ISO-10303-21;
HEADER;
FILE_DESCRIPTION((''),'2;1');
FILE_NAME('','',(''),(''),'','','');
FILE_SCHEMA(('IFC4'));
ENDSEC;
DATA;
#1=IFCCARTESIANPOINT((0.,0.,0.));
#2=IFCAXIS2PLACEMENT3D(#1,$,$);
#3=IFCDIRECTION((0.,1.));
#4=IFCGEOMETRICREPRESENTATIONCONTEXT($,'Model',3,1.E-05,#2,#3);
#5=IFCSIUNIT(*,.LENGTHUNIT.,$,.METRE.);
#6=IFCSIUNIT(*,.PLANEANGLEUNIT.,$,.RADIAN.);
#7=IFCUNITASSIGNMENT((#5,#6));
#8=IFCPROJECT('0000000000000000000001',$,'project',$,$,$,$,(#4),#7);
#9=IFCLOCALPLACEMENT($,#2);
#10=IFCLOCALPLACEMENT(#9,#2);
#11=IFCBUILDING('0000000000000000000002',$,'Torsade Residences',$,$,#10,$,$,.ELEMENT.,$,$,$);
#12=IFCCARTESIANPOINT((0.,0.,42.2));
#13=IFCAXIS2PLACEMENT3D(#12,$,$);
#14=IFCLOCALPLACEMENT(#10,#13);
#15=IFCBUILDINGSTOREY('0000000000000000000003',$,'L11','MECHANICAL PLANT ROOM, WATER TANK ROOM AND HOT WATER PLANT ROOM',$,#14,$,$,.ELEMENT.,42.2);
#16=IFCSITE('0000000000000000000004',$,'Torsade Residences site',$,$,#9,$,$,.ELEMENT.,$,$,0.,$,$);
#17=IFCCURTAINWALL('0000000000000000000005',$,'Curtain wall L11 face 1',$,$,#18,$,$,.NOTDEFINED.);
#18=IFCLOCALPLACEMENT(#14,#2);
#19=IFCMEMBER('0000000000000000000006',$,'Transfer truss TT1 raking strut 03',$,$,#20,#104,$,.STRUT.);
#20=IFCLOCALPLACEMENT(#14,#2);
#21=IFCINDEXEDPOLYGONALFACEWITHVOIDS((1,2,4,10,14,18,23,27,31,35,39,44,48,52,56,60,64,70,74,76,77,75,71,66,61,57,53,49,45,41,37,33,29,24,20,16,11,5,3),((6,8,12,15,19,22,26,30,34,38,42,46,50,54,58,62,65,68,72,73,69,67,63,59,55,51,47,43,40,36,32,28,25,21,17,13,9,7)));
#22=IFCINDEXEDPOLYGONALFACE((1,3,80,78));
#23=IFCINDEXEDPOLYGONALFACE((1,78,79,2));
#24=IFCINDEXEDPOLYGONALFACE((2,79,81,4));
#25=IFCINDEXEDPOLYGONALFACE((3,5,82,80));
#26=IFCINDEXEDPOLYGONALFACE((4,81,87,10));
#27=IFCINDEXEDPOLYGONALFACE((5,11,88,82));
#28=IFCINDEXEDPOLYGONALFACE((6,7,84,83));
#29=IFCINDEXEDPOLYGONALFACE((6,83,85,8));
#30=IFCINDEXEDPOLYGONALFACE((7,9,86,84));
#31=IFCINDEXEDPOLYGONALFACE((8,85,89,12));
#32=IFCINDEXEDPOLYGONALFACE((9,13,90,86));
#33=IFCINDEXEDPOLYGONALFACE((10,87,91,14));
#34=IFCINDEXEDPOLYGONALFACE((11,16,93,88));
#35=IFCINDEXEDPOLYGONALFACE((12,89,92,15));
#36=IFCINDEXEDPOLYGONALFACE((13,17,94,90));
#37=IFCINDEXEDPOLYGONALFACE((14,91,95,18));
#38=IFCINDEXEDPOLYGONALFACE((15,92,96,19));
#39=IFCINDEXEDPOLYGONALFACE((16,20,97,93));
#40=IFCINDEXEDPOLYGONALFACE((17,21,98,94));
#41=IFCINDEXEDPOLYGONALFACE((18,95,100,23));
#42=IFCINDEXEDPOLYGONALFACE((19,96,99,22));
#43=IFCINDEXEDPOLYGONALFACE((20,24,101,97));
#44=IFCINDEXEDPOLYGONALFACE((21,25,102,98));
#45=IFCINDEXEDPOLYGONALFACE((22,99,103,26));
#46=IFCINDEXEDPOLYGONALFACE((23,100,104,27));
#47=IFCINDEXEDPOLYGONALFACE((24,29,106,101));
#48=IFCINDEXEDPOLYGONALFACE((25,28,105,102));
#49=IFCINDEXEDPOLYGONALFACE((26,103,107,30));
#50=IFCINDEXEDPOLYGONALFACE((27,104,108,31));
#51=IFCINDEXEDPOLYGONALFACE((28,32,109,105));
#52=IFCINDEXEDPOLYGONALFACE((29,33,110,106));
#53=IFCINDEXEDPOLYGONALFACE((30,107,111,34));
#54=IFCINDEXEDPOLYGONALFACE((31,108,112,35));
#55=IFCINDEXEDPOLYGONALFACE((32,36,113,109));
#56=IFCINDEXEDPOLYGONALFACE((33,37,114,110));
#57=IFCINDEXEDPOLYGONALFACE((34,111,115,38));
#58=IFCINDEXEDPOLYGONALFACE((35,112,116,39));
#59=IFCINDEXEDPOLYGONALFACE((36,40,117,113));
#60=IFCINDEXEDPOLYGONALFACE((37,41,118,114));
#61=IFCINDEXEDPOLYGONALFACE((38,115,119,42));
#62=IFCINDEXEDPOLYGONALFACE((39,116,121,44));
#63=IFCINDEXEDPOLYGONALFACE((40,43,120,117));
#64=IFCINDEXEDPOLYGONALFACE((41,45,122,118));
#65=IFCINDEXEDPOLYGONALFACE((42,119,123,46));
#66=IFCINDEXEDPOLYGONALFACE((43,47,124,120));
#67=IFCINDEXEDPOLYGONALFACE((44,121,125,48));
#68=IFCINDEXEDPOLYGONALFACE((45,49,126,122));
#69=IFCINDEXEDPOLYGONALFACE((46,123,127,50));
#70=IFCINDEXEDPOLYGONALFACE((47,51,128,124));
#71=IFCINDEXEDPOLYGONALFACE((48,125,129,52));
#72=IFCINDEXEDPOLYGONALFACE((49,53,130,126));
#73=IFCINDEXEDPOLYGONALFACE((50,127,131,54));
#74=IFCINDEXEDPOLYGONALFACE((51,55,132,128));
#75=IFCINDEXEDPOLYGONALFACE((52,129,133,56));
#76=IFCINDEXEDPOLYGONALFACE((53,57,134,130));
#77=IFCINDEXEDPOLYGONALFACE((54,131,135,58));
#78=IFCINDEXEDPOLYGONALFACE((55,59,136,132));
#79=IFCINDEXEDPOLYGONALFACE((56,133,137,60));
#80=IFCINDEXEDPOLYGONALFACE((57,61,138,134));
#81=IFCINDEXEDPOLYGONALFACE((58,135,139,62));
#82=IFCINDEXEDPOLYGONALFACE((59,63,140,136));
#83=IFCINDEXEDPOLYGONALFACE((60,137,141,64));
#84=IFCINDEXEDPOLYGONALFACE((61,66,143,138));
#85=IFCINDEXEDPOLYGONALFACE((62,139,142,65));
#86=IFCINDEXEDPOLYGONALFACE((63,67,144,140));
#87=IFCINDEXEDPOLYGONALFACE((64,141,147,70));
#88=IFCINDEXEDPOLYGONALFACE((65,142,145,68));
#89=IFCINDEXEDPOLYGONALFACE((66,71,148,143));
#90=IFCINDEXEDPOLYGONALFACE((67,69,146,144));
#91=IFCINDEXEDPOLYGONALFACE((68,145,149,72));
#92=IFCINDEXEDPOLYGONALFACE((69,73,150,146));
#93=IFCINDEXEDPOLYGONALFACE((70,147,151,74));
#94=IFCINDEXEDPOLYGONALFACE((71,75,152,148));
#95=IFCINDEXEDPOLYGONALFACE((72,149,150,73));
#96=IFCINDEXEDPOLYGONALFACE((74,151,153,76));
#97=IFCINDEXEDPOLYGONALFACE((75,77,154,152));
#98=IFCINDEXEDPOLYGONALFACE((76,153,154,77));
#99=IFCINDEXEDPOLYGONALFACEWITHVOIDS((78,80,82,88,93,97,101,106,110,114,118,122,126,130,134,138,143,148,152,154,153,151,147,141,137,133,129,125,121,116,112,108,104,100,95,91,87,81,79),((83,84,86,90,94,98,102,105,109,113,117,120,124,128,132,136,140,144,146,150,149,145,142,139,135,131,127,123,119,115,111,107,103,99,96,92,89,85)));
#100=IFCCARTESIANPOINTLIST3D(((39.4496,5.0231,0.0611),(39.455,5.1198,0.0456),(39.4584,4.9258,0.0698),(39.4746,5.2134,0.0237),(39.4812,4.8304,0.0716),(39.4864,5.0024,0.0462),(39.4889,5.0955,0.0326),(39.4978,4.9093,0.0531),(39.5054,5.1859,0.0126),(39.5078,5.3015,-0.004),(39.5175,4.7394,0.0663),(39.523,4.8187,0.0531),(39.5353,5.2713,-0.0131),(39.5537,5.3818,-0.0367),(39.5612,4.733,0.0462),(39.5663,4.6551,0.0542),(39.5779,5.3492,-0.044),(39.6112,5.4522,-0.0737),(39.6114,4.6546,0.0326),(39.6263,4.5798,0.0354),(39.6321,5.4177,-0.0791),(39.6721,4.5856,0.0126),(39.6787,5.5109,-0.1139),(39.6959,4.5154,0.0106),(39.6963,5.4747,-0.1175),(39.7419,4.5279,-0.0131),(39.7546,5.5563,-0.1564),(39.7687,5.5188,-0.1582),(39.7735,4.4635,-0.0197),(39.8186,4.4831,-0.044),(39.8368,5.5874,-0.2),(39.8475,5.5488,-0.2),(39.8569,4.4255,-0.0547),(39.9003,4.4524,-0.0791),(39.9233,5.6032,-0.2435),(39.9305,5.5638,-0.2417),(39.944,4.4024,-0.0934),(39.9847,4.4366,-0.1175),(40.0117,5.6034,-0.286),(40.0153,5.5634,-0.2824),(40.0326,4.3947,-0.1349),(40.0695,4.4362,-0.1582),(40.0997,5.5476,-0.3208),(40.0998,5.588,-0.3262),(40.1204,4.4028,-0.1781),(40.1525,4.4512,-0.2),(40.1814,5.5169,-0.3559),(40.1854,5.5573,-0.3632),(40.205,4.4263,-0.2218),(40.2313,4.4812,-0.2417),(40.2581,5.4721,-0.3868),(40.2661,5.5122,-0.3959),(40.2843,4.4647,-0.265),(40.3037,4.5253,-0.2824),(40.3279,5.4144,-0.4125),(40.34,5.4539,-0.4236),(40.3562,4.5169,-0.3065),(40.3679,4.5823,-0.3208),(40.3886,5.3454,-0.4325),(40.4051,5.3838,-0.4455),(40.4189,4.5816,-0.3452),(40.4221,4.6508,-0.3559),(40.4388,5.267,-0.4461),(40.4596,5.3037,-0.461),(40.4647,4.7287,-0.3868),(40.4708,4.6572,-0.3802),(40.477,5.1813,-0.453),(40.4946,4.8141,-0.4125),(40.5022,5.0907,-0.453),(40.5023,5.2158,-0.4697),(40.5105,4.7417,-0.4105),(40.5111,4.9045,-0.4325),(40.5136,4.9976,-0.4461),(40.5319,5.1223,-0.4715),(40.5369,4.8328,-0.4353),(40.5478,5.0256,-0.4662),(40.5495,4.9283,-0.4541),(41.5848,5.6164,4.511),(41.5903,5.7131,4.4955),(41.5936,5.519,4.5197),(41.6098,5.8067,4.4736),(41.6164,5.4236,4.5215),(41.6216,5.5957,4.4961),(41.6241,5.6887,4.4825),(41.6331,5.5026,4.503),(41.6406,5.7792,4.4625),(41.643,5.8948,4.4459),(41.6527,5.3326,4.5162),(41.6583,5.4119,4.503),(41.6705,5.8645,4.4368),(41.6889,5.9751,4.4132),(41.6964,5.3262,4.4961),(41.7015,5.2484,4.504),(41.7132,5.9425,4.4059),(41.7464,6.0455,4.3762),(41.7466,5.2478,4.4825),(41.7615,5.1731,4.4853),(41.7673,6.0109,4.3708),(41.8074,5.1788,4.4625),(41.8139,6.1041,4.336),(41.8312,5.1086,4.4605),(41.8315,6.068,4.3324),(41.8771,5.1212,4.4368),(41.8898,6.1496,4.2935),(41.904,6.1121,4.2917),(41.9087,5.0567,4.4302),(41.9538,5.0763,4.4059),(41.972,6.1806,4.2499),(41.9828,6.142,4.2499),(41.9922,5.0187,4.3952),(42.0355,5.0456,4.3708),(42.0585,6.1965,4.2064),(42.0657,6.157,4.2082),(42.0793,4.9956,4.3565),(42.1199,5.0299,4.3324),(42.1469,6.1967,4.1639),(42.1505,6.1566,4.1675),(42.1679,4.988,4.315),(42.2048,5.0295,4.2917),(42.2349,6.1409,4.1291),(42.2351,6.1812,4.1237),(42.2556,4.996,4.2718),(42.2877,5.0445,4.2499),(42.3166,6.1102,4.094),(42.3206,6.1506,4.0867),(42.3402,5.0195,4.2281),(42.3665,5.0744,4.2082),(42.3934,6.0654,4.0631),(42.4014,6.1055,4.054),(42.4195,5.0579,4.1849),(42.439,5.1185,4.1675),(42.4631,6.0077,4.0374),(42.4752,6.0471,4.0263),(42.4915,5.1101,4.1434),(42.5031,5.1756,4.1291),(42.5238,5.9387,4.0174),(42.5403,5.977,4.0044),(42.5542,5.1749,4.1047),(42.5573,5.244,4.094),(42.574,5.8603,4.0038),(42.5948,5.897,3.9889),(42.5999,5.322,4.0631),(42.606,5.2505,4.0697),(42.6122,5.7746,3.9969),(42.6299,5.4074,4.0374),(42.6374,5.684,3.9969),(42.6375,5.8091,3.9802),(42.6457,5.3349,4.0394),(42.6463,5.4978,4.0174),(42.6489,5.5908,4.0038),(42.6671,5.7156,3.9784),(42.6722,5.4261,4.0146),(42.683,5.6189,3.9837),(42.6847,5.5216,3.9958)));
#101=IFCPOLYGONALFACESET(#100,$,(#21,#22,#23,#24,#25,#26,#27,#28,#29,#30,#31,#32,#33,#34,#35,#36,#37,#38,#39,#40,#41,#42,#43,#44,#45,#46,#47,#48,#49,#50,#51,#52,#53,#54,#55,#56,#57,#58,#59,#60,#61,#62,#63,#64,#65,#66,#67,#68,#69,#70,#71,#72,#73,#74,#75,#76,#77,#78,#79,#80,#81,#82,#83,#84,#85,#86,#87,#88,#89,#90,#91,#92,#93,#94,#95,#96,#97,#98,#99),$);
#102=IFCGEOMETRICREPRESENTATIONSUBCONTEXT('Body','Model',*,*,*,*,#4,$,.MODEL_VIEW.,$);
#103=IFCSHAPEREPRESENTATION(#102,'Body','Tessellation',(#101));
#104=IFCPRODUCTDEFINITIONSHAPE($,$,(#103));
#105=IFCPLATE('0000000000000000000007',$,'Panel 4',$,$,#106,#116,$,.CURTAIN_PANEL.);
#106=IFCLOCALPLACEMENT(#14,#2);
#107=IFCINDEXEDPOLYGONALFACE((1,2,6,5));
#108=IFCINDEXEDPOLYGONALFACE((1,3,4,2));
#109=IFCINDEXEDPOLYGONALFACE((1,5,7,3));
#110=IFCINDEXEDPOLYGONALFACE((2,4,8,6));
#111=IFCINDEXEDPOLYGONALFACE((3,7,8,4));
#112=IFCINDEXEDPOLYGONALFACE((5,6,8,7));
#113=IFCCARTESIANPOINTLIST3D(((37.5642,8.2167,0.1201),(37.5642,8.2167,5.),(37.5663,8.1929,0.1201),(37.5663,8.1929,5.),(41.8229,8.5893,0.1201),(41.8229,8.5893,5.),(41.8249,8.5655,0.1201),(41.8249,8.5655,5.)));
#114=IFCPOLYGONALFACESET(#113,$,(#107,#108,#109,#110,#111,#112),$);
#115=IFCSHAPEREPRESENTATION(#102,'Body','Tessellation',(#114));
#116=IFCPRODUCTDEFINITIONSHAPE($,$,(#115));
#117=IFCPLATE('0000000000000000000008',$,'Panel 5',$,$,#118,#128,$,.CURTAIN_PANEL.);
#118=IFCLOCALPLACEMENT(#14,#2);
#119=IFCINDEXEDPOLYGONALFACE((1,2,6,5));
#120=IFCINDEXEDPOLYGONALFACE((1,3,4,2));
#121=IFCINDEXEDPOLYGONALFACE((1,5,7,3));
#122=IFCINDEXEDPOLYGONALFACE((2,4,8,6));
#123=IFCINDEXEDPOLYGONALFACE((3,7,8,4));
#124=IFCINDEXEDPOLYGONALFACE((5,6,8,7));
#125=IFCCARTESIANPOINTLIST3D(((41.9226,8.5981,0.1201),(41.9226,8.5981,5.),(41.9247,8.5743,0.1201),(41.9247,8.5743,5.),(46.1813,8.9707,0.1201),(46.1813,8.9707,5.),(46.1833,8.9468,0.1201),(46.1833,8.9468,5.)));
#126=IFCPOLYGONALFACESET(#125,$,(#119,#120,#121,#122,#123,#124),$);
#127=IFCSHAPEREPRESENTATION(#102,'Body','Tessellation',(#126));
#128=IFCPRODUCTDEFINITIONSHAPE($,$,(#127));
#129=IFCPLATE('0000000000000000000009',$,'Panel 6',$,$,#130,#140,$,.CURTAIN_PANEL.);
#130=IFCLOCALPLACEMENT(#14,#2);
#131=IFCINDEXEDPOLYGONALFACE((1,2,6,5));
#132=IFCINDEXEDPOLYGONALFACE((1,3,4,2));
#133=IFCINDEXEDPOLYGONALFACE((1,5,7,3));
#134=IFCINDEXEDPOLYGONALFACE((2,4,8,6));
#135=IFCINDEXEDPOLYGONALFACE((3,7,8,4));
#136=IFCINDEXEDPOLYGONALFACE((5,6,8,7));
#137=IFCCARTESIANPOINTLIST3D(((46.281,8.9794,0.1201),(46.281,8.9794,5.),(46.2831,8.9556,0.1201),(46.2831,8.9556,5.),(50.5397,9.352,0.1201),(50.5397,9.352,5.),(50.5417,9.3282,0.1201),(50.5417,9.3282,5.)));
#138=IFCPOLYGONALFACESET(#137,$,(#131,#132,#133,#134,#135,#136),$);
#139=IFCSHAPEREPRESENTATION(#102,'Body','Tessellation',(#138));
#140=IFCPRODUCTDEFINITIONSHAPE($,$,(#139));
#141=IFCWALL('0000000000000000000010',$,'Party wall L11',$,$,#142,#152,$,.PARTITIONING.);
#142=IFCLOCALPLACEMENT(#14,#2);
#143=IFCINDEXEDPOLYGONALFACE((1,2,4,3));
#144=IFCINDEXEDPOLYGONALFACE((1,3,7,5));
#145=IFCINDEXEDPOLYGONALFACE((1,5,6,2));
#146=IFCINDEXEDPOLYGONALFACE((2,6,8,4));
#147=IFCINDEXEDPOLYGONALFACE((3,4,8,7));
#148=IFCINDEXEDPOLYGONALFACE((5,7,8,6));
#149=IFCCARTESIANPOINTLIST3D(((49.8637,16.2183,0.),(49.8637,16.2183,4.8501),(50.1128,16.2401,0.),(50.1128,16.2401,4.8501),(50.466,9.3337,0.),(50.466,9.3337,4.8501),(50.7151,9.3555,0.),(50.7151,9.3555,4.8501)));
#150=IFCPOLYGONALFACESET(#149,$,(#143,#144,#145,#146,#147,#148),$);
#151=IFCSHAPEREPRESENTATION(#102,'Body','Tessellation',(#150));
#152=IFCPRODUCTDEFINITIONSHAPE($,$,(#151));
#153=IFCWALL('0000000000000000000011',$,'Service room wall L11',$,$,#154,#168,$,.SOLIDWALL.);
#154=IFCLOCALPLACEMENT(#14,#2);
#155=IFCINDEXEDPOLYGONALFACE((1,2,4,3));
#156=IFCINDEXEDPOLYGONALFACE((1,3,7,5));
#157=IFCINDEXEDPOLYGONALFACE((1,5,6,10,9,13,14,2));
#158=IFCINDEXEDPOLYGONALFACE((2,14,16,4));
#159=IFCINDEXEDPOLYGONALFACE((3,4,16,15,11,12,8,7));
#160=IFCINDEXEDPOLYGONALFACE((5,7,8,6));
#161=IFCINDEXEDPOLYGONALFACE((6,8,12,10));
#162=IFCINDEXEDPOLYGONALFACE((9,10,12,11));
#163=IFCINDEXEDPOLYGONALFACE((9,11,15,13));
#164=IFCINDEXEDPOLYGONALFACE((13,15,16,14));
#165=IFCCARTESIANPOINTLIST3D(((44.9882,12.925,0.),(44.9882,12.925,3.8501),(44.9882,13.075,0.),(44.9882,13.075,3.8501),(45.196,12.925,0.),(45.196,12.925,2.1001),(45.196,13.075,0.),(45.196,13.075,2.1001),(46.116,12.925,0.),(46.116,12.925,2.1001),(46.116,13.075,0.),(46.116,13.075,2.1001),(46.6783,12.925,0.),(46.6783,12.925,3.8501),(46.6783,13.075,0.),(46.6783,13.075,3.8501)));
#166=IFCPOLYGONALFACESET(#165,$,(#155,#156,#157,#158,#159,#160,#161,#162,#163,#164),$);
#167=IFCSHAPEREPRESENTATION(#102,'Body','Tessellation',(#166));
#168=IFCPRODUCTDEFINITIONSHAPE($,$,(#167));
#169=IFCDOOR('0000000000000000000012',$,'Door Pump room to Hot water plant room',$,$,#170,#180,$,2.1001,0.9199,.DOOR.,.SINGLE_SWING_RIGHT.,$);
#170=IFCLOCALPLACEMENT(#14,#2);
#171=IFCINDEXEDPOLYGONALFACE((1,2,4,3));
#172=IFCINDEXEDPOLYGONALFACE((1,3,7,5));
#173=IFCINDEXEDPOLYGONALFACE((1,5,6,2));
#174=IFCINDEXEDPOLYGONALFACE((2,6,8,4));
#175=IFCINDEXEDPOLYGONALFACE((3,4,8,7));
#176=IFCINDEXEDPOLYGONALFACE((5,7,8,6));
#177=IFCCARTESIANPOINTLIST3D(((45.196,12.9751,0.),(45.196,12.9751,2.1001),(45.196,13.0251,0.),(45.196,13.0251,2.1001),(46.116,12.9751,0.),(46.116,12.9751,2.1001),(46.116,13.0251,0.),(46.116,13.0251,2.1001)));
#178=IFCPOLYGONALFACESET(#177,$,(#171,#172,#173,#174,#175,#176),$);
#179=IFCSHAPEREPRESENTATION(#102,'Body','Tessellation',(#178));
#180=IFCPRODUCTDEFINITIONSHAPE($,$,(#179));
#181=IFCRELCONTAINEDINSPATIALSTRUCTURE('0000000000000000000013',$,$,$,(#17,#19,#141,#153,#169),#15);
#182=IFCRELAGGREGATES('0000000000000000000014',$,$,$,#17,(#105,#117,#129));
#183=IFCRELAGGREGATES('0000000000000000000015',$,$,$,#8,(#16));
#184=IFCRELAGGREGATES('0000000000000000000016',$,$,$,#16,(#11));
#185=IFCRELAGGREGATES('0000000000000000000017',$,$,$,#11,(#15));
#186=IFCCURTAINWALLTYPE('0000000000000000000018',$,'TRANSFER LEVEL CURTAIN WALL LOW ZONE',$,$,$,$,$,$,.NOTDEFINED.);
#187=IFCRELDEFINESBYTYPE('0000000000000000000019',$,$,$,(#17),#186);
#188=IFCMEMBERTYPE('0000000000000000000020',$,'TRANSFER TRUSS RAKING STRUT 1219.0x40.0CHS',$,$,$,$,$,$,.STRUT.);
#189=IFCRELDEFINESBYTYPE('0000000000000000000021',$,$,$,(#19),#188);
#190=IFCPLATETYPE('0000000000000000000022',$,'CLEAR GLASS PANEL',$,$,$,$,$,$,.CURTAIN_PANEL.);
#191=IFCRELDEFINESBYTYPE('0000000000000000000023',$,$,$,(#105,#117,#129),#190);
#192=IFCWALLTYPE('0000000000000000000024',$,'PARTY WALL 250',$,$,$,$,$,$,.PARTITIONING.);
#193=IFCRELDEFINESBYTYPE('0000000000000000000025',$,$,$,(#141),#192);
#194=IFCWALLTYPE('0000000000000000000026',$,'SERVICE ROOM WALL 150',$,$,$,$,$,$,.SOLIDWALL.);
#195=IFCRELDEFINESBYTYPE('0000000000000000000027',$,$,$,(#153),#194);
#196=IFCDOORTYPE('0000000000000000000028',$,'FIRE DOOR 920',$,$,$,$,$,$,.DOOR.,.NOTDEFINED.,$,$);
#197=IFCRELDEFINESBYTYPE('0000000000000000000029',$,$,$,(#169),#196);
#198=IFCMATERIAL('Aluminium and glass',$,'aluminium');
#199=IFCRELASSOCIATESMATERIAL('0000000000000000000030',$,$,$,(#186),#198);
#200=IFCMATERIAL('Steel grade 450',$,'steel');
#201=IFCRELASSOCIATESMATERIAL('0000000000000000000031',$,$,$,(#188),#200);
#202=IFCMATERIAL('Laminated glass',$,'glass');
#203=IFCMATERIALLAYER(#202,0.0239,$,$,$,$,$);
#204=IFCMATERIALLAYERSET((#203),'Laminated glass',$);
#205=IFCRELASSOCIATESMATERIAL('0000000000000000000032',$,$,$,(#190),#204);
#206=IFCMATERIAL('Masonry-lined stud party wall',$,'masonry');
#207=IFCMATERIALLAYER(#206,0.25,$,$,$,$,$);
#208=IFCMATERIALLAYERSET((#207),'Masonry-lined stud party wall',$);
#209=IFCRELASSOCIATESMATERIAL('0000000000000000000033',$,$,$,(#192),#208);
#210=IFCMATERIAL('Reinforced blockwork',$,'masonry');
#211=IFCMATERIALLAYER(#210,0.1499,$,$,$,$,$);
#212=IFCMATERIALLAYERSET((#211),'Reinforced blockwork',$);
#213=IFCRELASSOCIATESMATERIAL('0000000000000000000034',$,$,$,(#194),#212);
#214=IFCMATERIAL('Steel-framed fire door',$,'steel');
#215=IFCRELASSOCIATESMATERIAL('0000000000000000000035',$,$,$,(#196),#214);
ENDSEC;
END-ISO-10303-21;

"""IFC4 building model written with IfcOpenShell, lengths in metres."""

from ifc_helpers import new_model, si_unit, direction, frame, frame_2d, origin, origin_2d, place, context, subcontext, project, spatial, rectangle, hollow_circle, extrude, material, layer, layer_set, material_profile, profile_set, type_object, element, fill, aggregate, save


model = new_model("IFC4")

# Units and contexts
model_context = context("Model", 3, precision=1e-05, world=origin(), true_north=direction((0.0, 1.0)))
body_context = subcontext(model_context, "Body", "Model", "MODEL_VIEW")
ifc_project = project(units=[si_unit("LENGTHUNIT", "METRE"), si_unit("PLANEANGLEUNIT", "RADIAN")], contexts=[model_context])

# Site, building, storey
site_placement = place(None, origin())
site = spatial("IfcSite", under=ifc_project, at=site_placement, Name="Torsade Residences site", CompositionType="ELEMENT", RefElevation=0.0)
building_placement = place(site_placement, origin())
building = spatial("IfcBuilding", under=site, at=building_placement, Name="Torsade Residences", CompositionType="ELEMENT")
storey_placement = place(building_placement, frame((0.0, 0.0, 42.2)))
storey = spatial("IfcBuildingStorey", under=building, at=storey_placement, Name="L11", Description="MECHANICAL PLANT ROOM, WATER TANK ROOM AND HOT WATER PLANT ROOM", CompositionType="ELEMENT", Elevation=42.2)

# Curtain wall
ifc_material_1 = material(Name="Aluminium and glass", Category="aluminium")
curtain_wall_type = type_object("IfcCurtainWallType", Name="TRANSFER LEVEL CURTAIN WALL LOW ZONE", PredefinedType="NOTDEFINED", material=ifc_material_1)
curtain_wall_placement = place(storey_placement, origin())
curtain_wall = element("IfcCurtainWall", 1, at=curtain_wall_placement, inside=storey, type_object=curtain_wall_type, Name="Curtain wall L11 face 1", PredefinedType="NOTDEFINED")

# Member
ifc_material_2 = material(Name="Steel grade 450", Category="steel")
ifc_material_profile_1 = material_profile(ifc_material_2, hollow_circle(Radius=0.6096, WallThickness=0.04, at=origin_2d()), Name="1219.0x40.0CHS")
ifc_profile_set_1 = profile_set([ifc_material_profile_1], Name="Steel grade 450")
member_type_1 = type_object("IfcMemberType", Name="TRANSFER TRUSS RAKING STRUT 1219.0x40.0CHS", PredefinedType="STRUT", material=ifc_profile_set_1)
member_1_placement = place(storey_placement, frame((40.0, 5.0, -0.2), z_axis=(0.42952, 0.119339, 0.895137), x_axis=(-0.267701, 0.963502, 0.0)))
element("IfcMember", 2, at=member_1_placement, inside=storey, type_object=member_type_1, Name="Transfer truss TT1 raking strut 03", PredefinedType="STRUT", context=body_context, shape_type="SweptSolid", body=[
    extrude(hollow_circle(Radius=0.6096, WallThickness=0.04, at=origin_2d()), origin(), (0.0, 0.0, 1.0), 4.9712),
])

# Plates
ifc_material_3 = material(Name="Laminated glass", Category="glass")
ifc_layer_1 = layer(ifc_material_3, 0.0239)
ifc_layer_set_1 = layer_set([ifc_layer_1], Name="Laminated glass")
plate_type = type_object("IfcPlateType", Name="CLEAR GLASS PANEL", PredefinedType="CURTAIN_PANEL", material=ifc_layer_set_1)
plate_1_placement = place(storey_placement, frame((39.6946, 8.3911, 0.1201), z_axis=(0.0, 0.0, 1.0), x_axis=(0.996195, 0.087156, 0.0)))
plate_1 = element("IfcPlate", 3, at=plate_1_placement, type_object=plate_type, Name="Panel 4", PredefinedType="CURTAIN_PANEL", context=body_context, shape_type="SweptSolid", body=[
    extrude(rectangle(XDim=4.2749, YDim=0.0239, at=origin_2d()), origin(), (0.0, 0.0, 1.0), 4.8799),
])
plate_2_placement = place(storey_placement, frame((44.053, 8.7725, 0.1201), z_axis=(0.0, 0.0, 1.0), x_axis=(0.996195, 0.087156, 0.0)))
plate_2 = element("IfcPlate", 4, at=plate_2_placement, type_object=plate_type, Name="Panel 5", PredefinedType="CURTAIN_PANEL", context=body_context, shape_type="SweptSolid", body=[
    extrude(rectangle(XDim=4.2749, YDim=0.0239, at=origin_2d()), origin(), (0.0, 0.0, 1.0), 4.8799),
])
plate_3_placement = place(storey_placement, frame((48.4114, 9.1538, 0.1201), z_axis=(0.0, 0.0, 1.0), x_axis=(0.996195, 0.087156, 0.0)))
plate_3 = element("IfcPlate", 5, at=plate_3_placement, type_object=plate_type, Name="Panel 6", PredefinedType="CURTAIN_PANEL", context=body_context, shape_type="SweptSolid", body=[
    extrude(rectangle(XDim=4.2749, YDim=0.0239, at=origin_2d()), origin(), (0.0, 0.0, 1.0), 4.8799),
])
aggregate(curtain_wall, [plate_1, plate_2, plate_3])

# Wall
ifc_material_4 = material(Name="Masonry-lined stud party wall", Category="masonry")
ifc_layer_2 = layer(ifc_material_4, 0.25)
ifc_layer_set_2 = layer_set([ifc_layer_2], Name="Masonry-lined stud party wall")
wall_type_1 = type_object("IfcWallType", Name="PARTY WALL 250", PredefinedType="PARTITIONING", material=ifc_layer_set_2)
wall_1_placement = place(storey_placement, frame((50.5906, 9.3445, 0.0), z_axis=(0.0, 0.0, 1.0), x_axis=(-0.087152, 0.996195, 0.0)))
element("IfcWall", 6, at=wall_1_placement, inside=storey, type_object=wall_type_1, Name="Party wall L11", PredefinedType="PARTITIONING", context=body_context, shape_type="SweptSolid", body=[
    extrude(rectangle(XDim=6.9109, YDim=0.25, at=frame_2d((3.4556, 0.0))), origin(), (0.0, 0.0, 1.0), 4.8501),
])

# Wall, opening, door
ifc_material_5 = material(Name="Reinforced blockwork", Category="masonry")
ifc_layer_3 = layer(ifc_material_5, 0.1499)
ifc_layer_set_3 = layer_set([ifc_layer_3], Name="Reinforced blockwork")
wall_type_2 = type_object("IfcWallType", Name="SERVICE ROOM WALL 150", PredefinedType="SOLIDWALL", material=ifc_layer_set_3)
wall_2_placement = place(storey_placement, frame((46.6785, 13.0, 0.0), z_axis=(0.0, 0.0, 1.0), x_axis=(-1.0, 0.0, 0.0)))
wall_2 = element("IfcWall", 7, at=wall_2_placement, inside=storey, type_object=wall_type_2, Name="Service room wall L11", PredefinedType="SOLIDWALL", context=body_context, shape_type="SweptSolid", body=[
    extrude(rectangle(XDim=1.6902, YDim=0.1499, at=frame_2d((0.8452, 0.0))), origin(), (0.0, 0.0, 1.0), 3.8501),
])
opening_placement = place(wall_2_placement, frame((0.5625, 0.0, 0.0)))
opening = element("IfcOpeningElement", 8, at=opening_placement, cuts=wall_2, PredefinedType="OPENING", context=body_context, shape_type="SweptSolid", body=[
    extrude(rectangle(XDim=0.9199, YDim=2.1001, at=frame_2d((0.46, 1.05))), frame((0.0, 0.085, 0.0), z_axis=(0.0, -1.0, 0.0), x_axis=(1.0, 0.0, 0.0)), (0.0, 0.0, 1.0), 0.1699),
])
ifc_material_6 = material(Name="Steel-framed fire door", Category="steel")
door_type = type_object("IfcDoorType", Name="FIRE DOOR 920", OperationType="NOTDEFINED", PredefinedType="DOOR", material=ifc_material_6)
door_placement = place(opening_placement, origin())
door = element("IfcDoor", 9, at=door_placement, inside=storey, type_object=door_type, Name="Door Pump room to Hot water plant room", OperationType="SINGLE_SWING_RIGHT", OverallHeight=2.1001, OverallWidth=0.9199, PredefinedType="DOOR", context=body_context, shape_type="SweptSolid", body=[
    extrude(rectangle(XDim=0.9199, YDim=2.1001, at=frame_2d((0.46, 1.05))), frame((0.0, 0.0249, 0.0), z_axis=(0.0, -1.0, 0.0), x_axis=(1.0, 0.0, 0.0)), (0.0, 0.0, 1.0), 0.05),
])
fill(opening, door)

save(model, "model.ifc")
